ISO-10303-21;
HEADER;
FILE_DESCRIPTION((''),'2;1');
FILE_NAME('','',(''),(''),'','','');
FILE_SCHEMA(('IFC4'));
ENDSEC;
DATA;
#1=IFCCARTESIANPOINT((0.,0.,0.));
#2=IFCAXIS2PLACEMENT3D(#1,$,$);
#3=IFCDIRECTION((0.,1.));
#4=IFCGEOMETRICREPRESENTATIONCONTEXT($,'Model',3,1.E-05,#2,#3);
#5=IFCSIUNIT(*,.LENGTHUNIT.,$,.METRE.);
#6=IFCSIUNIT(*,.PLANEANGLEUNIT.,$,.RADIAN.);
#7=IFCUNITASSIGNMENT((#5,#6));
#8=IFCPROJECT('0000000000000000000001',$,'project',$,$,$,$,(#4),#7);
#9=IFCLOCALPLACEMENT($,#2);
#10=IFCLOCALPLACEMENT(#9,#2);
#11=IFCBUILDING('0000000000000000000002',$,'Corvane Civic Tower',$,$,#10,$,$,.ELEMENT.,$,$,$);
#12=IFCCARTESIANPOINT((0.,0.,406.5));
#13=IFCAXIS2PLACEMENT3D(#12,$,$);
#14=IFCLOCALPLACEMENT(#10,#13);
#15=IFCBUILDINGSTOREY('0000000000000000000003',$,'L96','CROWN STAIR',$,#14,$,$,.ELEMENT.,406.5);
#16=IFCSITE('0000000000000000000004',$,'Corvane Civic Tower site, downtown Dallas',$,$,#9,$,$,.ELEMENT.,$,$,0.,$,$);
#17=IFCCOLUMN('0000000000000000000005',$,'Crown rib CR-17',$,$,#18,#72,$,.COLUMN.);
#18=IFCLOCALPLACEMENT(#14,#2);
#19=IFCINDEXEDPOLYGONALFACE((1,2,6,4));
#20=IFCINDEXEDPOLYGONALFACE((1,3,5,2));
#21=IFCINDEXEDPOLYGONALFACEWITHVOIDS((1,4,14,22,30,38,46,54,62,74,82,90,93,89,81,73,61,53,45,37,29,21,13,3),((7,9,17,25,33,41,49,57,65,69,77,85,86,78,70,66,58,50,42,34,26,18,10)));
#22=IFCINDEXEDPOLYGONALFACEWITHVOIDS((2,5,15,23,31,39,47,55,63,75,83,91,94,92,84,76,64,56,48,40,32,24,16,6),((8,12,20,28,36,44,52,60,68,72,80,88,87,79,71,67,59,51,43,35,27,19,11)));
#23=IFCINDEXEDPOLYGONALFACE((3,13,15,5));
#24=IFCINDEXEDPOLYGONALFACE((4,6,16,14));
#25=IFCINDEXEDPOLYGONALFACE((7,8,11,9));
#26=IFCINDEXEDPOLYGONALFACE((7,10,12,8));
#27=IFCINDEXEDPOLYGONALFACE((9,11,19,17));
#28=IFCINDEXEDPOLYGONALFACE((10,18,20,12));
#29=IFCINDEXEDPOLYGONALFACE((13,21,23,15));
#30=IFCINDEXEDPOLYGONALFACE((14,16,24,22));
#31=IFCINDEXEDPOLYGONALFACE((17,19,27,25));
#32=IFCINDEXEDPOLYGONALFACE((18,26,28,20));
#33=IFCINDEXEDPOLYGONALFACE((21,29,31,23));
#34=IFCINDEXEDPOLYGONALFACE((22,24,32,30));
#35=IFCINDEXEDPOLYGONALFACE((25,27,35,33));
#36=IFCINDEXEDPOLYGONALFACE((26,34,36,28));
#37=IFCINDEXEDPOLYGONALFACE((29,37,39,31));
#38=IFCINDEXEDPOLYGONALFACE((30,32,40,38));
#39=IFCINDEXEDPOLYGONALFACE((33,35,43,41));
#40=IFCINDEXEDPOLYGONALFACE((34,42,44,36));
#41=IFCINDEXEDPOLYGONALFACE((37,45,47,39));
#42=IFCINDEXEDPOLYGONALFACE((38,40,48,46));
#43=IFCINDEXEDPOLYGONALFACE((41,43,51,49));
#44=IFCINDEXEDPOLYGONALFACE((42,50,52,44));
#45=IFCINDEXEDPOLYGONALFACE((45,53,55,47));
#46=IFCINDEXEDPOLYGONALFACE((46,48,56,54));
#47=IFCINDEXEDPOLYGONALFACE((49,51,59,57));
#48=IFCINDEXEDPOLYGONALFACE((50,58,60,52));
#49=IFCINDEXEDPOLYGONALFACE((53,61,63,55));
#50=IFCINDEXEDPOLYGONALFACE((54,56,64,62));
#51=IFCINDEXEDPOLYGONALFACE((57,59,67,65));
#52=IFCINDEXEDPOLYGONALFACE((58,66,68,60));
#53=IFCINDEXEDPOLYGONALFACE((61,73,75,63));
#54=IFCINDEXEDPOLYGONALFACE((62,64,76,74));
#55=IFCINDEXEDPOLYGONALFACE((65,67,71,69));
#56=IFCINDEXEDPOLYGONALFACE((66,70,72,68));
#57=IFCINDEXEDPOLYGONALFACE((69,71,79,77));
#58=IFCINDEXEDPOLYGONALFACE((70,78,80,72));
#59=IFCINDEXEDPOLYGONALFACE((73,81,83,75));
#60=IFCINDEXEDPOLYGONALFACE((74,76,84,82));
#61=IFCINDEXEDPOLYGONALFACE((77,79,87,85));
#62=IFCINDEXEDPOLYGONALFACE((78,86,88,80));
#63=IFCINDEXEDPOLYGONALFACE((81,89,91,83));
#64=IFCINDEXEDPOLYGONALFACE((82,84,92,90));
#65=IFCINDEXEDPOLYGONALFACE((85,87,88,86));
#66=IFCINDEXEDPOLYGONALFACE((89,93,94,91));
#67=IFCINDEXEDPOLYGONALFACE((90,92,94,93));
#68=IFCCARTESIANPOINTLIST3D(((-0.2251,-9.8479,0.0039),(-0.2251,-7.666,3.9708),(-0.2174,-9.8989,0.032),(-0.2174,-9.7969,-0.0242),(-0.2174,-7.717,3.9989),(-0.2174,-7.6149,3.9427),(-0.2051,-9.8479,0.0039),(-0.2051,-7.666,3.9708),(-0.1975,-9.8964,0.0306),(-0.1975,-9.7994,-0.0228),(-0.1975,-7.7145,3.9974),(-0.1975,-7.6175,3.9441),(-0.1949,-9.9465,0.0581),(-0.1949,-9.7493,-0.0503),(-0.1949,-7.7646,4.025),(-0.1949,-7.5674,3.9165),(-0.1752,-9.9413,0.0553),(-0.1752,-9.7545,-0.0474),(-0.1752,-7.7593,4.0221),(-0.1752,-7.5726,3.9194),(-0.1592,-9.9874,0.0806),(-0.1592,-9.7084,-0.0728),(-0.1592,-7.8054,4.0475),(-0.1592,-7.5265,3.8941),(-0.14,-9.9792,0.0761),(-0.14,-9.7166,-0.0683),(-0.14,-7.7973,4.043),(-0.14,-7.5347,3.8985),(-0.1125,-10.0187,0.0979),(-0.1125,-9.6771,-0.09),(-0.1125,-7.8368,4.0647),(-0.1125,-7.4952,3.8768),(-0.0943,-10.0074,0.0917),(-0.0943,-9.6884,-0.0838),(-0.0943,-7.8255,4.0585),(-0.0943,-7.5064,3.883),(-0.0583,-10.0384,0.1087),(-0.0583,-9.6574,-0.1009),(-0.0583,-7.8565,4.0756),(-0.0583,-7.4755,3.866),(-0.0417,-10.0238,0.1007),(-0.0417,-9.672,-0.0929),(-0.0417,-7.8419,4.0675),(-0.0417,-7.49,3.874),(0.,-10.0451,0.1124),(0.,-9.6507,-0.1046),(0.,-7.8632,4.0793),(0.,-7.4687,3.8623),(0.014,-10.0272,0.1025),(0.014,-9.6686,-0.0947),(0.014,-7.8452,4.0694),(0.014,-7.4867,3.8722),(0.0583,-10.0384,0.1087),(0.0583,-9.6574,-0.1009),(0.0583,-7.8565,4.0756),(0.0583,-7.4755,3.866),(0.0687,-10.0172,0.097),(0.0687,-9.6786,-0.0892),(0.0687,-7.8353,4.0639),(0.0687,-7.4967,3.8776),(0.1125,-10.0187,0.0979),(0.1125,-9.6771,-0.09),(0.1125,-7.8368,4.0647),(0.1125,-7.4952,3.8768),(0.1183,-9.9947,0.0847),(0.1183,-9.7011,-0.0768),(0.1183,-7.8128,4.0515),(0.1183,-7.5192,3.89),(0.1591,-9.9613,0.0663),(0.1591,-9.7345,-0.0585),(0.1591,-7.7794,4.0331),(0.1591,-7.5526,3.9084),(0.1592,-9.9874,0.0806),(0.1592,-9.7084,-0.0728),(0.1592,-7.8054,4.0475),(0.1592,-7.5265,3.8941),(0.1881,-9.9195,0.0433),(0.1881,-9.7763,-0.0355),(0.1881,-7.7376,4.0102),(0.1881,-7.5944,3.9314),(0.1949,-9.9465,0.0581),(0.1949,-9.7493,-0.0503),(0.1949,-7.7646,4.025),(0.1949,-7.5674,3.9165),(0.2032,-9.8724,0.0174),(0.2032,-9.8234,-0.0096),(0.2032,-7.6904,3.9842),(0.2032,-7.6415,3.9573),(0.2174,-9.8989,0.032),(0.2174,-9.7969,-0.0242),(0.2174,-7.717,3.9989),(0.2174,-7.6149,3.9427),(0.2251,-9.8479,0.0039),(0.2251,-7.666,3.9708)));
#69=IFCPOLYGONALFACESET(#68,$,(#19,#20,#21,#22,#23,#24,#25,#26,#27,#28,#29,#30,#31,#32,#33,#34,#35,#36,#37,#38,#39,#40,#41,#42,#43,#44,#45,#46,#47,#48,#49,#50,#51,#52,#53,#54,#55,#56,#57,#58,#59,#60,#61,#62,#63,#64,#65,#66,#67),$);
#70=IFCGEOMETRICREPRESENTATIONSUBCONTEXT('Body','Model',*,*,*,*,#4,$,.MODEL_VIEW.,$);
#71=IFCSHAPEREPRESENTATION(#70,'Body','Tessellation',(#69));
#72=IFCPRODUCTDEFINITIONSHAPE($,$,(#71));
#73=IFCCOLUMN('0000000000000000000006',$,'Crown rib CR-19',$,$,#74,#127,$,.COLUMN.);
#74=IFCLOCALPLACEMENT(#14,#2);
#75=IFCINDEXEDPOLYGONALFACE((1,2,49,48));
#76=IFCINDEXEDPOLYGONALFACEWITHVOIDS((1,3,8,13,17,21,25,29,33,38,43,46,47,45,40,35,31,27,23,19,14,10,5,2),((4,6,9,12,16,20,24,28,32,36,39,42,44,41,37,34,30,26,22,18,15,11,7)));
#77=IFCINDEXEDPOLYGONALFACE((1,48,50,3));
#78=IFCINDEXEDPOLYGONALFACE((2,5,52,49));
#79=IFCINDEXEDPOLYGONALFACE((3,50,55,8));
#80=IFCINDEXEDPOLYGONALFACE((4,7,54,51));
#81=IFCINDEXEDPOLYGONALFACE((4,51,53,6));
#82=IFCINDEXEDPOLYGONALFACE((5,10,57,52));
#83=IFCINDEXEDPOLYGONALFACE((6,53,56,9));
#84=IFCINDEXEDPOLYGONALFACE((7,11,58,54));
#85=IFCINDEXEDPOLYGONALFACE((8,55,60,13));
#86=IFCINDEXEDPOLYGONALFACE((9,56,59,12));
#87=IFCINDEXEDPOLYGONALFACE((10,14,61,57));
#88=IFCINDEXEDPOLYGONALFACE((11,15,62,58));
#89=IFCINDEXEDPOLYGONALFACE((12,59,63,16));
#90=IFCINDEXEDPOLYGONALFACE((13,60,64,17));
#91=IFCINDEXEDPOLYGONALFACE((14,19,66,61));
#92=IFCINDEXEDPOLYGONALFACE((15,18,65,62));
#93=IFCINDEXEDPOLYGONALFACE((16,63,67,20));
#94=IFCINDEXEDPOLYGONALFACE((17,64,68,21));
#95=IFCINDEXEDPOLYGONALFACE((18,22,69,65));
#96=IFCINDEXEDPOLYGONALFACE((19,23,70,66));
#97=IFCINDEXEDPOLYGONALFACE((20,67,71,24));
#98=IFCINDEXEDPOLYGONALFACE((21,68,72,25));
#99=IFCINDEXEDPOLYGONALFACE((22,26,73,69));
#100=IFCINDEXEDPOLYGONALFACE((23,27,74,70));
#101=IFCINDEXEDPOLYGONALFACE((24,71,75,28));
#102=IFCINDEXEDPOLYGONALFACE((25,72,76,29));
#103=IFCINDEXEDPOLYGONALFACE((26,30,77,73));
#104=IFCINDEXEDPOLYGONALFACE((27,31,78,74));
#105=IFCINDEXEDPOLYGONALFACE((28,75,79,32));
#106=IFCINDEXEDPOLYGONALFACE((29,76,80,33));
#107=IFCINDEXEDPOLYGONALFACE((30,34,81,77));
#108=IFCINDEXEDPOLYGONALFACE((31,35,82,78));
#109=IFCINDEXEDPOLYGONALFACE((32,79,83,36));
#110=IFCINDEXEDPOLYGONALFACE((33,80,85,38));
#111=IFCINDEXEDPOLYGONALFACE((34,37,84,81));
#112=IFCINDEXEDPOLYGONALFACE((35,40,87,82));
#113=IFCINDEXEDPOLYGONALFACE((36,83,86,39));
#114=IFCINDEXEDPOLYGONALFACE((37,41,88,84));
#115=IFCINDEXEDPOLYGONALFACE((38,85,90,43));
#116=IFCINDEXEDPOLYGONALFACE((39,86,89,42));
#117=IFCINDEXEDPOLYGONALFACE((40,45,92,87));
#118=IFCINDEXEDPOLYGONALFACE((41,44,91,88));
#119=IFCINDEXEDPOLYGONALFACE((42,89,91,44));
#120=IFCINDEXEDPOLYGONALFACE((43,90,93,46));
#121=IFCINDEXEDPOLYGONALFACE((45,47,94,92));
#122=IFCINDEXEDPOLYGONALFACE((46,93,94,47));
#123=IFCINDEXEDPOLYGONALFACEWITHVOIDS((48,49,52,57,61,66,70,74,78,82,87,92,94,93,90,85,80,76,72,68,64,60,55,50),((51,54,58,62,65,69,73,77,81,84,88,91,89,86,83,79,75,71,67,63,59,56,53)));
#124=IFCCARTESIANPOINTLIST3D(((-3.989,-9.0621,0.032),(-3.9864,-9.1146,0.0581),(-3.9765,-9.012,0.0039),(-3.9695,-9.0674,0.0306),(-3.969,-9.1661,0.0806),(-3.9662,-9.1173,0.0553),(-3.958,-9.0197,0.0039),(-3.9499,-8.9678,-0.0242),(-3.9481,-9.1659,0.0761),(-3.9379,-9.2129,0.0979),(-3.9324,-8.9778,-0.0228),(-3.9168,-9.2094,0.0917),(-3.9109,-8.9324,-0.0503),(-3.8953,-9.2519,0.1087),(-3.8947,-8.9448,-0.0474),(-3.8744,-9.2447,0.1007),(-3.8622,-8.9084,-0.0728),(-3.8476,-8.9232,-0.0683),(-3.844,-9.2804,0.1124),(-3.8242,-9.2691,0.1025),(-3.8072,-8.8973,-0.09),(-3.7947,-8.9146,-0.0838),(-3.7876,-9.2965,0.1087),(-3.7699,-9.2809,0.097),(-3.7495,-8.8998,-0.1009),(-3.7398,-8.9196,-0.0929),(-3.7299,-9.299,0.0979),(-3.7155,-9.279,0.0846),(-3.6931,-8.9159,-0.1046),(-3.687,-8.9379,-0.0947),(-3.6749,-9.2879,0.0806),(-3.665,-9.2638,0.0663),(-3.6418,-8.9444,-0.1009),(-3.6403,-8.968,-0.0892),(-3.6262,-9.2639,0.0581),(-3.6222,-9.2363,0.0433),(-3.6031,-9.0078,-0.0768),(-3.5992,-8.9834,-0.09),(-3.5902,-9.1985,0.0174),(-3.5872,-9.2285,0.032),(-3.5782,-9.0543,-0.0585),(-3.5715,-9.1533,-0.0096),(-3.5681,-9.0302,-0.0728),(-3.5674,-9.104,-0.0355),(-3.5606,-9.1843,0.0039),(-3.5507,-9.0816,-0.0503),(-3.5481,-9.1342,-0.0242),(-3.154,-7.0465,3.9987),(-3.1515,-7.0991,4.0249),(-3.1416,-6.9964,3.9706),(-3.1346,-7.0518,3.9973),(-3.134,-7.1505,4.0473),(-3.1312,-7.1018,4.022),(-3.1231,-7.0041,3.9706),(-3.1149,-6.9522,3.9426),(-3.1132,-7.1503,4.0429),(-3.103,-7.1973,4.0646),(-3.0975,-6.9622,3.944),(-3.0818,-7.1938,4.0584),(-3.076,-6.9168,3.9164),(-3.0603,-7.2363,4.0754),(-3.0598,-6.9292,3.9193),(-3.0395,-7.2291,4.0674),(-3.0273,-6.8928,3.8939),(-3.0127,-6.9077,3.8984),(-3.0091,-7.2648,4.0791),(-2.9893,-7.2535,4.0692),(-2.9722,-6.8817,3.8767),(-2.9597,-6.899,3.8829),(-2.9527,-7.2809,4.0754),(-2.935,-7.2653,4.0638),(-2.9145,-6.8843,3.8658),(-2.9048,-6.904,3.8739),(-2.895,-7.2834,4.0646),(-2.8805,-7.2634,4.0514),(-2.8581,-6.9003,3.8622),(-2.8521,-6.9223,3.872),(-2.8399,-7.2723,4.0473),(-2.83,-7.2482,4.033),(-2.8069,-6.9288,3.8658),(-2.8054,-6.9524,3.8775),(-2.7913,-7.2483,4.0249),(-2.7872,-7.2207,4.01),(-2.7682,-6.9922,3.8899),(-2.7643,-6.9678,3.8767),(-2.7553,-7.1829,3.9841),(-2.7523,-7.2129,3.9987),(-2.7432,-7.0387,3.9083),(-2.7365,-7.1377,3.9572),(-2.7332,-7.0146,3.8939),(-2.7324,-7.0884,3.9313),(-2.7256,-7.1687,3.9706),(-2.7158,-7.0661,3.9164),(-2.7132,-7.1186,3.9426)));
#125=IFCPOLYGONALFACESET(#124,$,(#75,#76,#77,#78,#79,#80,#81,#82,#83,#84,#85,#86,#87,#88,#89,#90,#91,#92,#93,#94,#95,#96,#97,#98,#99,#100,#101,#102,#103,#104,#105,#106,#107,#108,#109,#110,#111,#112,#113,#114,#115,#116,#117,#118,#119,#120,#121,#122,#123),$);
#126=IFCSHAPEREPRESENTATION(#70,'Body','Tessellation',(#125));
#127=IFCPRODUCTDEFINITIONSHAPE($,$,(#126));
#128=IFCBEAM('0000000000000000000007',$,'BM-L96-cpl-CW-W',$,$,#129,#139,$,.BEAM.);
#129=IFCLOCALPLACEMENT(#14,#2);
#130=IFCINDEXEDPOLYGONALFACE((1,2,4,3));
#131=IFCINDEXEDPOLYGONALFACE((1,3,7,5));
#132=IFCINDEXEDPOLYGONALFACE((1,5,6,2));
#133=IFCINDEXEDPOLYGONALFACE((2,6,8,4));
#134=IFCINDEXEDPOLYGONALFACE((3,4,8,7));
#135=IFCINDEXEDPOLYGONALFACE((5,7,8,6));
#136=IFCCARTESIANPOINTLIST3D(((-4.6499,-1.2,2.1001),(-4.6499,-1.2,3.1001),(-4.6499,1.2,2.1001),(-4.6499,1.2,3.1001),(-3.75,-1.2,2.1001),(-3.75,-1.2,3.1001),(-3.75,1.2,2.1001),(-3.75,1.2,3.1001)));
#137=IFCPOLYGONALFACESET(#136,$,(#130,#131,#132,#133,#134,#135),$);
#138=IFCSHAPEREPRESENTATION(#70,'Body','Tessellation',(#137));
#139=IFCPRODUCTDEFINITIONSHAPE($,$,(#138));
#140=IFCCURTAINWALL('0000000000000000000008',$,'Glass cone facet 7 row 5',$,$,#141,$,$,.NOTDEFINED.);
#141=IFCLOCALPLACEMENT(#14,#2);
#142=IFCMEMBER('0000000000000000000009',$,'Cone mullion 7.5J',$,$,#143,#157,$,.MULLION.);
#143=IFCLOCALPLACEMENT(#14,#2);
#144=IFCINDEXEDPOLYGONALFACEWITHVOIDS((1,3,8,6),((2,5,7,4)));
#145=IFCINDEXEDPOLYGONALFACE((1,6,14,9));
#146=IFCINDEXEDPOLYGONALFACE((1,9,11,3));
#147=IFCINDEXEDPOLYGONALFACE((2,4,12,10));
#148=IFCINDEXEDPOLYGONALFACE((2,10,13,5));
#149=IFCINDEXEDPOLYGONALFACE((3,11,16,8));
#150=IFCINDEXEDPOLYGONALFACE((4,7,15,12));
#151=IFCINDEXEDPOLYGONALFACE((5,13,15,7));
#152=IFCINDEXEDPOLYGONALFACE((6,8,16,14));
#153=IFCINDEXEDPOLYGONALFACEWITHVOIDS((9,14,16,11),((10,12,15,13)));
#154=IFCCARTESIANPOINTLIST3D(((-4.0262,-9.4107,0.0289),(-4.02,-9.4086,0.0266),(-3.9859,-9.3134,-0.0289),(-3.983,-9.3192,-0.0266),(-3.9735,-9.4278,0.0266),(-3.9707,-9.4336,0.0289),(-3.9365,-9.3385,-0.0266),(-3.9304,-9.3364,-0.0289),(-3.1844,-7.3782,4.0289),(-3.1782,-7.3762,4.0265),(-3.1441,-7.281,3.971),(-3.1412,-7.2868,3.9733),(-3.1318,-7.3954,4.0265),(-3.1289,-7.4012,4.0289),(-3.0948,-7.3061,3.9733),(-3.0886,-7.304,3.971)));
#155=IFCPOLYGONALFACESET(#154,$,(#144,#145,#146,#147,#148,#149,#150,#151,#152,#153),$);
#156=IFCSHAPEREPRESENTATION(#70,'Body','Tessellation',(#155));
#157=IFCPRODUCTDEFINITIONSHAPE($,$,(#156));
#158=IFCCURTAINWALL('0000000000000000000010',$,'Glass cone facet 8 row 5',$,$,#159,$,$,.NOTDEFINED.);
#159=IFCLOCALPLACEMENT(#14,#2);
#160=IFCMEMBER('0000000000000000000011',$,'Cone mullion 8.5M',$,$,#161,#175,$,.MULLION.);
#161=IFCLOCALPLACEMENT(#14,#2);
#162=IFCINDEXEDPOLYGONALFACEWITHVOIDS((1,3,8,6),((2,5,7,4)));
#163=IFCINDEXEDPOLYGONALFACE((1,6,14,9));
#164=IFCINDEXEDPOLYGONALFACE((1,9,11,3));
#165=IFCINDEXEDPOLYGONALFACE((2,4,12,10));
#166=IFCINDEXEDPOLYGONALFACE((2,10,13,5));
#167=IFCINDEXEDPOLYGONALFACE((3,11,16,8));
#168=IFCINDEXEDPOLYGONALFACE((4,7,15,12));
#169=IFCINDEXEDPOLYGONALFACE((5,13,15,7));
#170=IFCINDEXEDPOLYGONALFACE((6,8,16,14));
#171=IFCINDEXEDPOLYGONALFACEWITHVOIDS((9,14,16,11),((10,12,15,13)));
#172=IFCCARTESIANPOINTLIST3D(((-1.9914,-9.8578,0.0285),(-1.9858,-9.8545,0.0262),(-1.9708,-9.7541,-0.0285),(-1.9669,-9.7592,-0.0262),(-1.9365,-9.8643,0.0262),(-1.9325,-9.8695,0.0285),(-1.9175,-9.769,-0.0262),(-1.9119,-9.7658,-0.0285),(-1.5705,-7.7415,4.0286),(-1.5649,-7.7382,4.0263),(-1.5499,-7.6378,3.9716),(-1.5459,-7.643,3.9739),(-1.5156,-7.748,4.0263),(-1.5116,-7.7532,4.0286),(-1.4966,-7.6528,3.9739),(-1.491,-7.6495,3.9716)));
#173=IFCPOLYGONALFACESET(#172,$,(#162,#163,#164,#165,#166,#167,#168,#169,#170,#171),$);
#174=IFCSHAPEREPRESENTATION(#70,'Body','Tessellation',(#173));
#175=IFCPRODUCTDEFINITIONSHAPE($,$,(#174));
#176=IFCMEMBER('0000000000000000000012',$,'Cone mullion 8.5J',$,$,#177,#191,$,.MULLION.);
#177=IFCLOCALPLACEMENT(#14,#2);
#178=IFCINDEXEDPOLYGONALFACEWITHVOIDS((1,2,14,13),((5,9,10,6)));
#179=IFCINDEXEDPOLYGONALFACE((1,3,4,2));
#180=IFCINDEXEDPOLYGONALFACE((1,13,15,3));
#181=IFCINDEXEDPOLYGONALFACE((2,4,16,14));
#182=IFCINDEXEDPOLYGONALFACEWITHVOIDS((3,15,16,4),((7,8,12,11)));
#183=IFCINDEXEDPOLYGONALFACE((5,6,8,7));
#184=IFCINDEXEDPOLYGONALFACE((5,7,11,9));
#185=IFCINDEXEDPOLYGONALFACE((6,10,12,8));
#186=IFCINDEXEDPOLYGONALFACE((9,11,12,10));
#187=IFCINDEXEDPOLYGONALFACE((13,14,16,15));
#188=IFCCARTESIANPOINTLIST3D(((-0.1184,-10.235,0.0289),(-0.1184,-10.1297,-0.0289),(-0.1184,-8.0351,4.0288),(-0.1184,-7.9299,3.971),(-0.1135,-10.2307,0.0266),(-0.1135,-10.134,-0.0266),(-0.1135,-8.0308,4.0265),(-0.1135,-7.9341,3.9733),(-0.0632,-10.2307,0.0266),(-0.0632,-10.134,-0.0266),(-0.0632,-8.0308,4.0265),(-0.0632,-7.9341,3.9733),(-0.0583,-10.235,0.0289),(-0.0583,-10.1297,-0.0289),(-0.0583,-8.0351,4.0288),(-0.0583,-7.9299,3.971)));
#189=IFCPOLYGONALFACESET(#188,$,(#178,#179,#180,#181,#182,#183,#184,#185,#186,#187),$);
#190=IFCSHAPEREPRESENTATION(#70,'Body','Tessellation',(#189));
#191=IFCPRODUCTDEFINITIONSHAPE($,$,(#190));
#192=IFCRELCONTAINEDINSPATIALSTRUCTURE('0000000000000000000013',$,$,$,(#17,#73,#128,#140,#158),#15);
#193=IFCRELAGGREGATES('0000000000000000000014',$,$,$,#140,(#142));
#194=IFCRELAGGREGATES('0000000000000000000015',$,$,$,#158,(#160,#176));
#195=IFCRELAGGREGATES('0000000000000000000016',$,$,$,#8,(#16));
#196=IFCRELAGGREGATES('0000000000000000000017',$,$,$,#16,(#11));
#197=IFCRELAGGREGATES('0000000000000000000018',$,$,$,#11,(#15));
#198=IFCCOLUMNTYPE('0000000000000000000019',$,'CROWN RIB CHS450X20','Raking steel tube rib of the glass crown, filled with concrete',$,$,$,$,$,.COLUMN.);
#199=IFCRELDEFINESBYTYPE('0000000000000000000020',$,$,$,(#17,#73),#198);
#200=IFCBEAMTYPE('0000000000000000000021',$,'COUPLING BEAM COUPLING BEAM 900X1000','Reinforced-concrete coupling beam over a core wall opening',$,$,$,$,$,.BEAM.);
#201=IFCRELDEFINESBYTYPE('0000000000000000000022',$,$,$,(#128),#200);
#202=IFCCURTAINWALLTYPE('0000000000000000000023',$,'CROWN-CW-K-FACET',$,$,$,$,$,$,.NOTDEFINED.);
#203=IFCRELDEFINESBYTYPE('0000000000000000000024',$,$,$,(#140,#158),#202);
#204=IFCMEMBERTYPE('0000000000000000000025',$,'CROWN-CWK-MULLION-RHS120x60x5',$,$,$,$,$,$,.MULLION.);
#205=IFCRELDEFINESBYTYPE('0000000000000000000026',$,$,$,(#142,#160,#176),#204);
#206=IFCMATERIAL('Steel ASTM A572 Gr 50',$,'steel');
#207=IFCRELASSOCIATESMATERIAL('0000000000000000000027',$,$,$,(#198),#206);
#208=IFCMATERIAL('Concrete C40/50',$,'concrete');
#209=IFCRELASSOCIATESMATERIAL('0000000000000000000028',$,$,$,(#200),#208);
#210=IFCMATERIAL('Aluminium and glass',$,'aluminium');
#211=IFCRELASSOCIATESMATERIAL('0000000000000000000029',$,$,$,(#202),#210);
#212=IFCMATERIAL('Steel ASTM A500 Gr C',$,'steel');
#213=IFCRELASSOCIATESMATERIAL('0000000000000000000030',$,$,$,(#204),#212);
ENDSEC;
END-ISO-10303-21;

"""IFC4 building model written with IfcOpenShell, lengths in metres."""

from ifc_helpers import new_model, si_unit, direction, frame, origin, origin_2d, place, context, subcontext, project, spatial, rectangle, hollow_rectangle, hollow_circle, extrude, material, material_profile, profile_set, type_object, element, aggregate, save


model = new_model("IFC4")

# Units and contexts
model_context = context("Model", 3, precision=1e-05, world=origin(), true_north=direction((0.0, 1.0)))
body_context = subcontext(model_context, "Body", "Model", "MODEL_VIEW")
ifc_project = project(units=[si_unit("LENGTHUNIT", "METRE"), si_unit("PLANEANGLEUNIT", "RADIAN")], contexts=[model_context])

# Site, building, storey
site_placement = place(None, origin())
site = spatial("IfcSite", under=ifc_project, at=site_placement, Name="Corvane Civic Tower site, downtown Dallas", CompositionType="ELEMENT", RefElevation=0.0)
building_placement = place(site_placement, origin())
building = spatial("IfcBuilding", under=site, at=building_placement, Name="Corvane Civic Tower", CompositionType="ELEMENT")
storey_placement = place(building_placement, frame((0.0, 0.0, 406.5)))
storey = spatial("IfcBuildingStorey", under=building, at=storey_placement, Name="L96", Description="CROWN STAIR", CompositionType="ELEMENT", Elevation=406.5)

# Columns
ifc_material_1 = material(Name="Steel ASTM A572 Gr 50", Category="steel")
ifc_material_profile_1 = material_profile(ifc_material_1, hollow_circle(Radius=0.2251, WallThickness=0.02, at=origin_2d()), Name="CHS450X20")
ifc_profile_set_1 = profile_set([ifc_material_profile_1], Name="Steel ASTM A572 Gr 50")
column_type = type_object("IfcColumnType", Name="CROWN RIB CHS450X20", Description="Raking steel tube rib of the glass crown, filled with concrete", PredefinedType="COLUMN", material=ifc_profile_set_1)
column_1_placement = place(storey_placement, frame((0.0, -9.8479, 0.0039), z_axis=(0.0, 0.481944, 0.876202), x_axis=(-1.0, 0.0, 0.0)))
element("IfcColumn", 1, at=column_1_placement, inside=storey, type_object=column_type, Name="Crown rib CR-17", PredefinedType="COLUMN", context=body_context, shape_type="SweptSolid", body=[
    extrude(hollow_circle(Radius=0.2251, WallThickness=0.02, at=origin_2d()), origin(), (0.0, 0.0, 1.0), 4.5273),
])
column_2_placement = place(storey_placement, frame((-3.7686, -9.0981, 0.0039), z_axis=(0.184433, 0.445227, 0.876218), x_axis=(-0.92387, 0.382708, 0.0)))
element("IfcColumn", 2, at=column_2_placement, inside=storey, type_object=column_type, Name="Crown rib CR-19", PredefinedType="COLUMN", context=body_context, shape_type="SweptSolid", body=[
    extrude(hollow_circle(Radius=0.2251, WallThickness=0.02, at=origin_2d()), origin(), (0.0, 0.0, 1.0), 4.5271),
])

# Beam
ifc_material_2 = material(Name="Concrete C40/50", Category="concrete")
ifc_material_profile_2 = material_profile(ifc_material_2, rectangle(XDim=0.8999, YDim=1.0, at=origin_2d()), Name="COUPLING BEAM 900X1000")
ifc_profile_set_2 = profile_set([ifc_material_profile_2], Name="Concrete C40/50")
beam_type_1 = type_object("IfcBeamType", Name="COUPLING BEAM COUPLING BEAM 900X1000", Description="Reinforced-concrete coupling beam over a core wall opening", PredefinedType="BEAM", material=ifc_profile_set_2)
beam_1_placement = place(storey_placement, frame((-4.2, -1.2, 2.6001), z_axis=(0.0, 1.0, 0.0), x_axis=(-1.0, 0.0, 0.0)))
element("IfcBeam", 3, at=beam_1_placement, inside=storey, type_object=beam_type_1, Name="BM-L96-cpl-CW-W", PredefinedType="BEAM", context=body_context, shape_type="SweptSolid", body=[
    extrude(rectangle(XDim=0.8999, YDim=1.0, at=origin_2d()), origin(), (0.0, 0.0, 1.0), 2.3999),
])

# Curtain wall, member
ifc_material_3 = material(Name="Aluminium and glass", Category="aluminium")
curtain_wall_type = type_object("IfcCurtainWallType", Name="CROWN-CW-K-FACET", PredefinedType="NOTDEFINED", material=ifc_material_3)
curtain_wall_1_placement = place(storey_placement, origin())
curtain_wall_1 = element("IfcCurtainWall", 4, at=curtain_wall_1_placement, inside=storey, type_object=curtain_wall_type, Name="Glass cone facet 7 row 5", PredefinedType="NOTDEFINED")
ifc_material_4 = material(Name="Steel ASTM A500 Gr C", Category="steel")
ifc_material_profile_3 = material_profile(ifc_material_4, hollow_rectangle(XDim=0.0601, YDim=0.1201, WallThickness=0.0049, at=origin_2d()), Name="RHS 120x60x5")
ifc_profile_set_3 = profile_set([ifc_material_profile_3], Name="Steel ASTM A500 Gr C")
member_type_1 = type_object("IfcMemberType", Name="CROWN-CWK-MULLION-RHS120x60x5", PredefinedType="MULLION", material=ifc_profile_set_3)
member_1_placement = place(storey_placement, frame((-3.9783, -9.3735, 0.0), z_axis=(0.184401, 0.445226, 0.876225), x_axis=(-0.923892, 0.382652, 0.0)))
member_1 = element("IfcMember", 5, at=member_1_placement, type_object=member_type_1, Name="Cone mullion 7.5J", PredefinedType="MULLION", context=body_context, shape_type="SweptSolid", body=[
    extrude(hollow_rectangle(XDim=0.0601, YDim=0.1201, WallThickness=0.0049, at=origin_2d()), origin(), (0.0, 0.0, 1.0), 4.5649),
])
aggregate(curtain_wall_1, [member_1])

# Curtain wall, members
curtain_wall_2_placement = place(storey_placement, origin())
curtain_wall_2 = element("IfcCurtainWall", 6, at=curtain_wall_2_placement, inside=storey, type_object=curtain_wall_type, Name="Glass cone facet 8 row 5", PredefinedType="NOTDEFINED")
member_2_placement = place(storey_placement, frame((-1.9517, -9.8118, 0.0), z_axis=(0.09261, 0.46563, 0.88012), x_axis=(-0.980789, 0.195072, 0.0)))
member_2 = element("IfcMember", 7, at=member_2_placement, type_object=member_type_1, Name="Cone mullion 8.5M", PredefinedType="MULLION", context=body_context, shape_type="SweptSolid", body=[
    extrude(hollow_rectangle(XDim=0.0601, YDim=0.1201, WallThickness=0.0049, at=origin_2d()), origin(), (0.0, 0.0, 1.0), 4.5449),
])
member_3_placement = place(storey_placement, frame((-0.0884, -10.1824, 0.0), z_axis=(0.0, 0.481911, 0.87622), x_axis=(-1.0, 0.0, 0.0)))
member_3 = element("IfcMember", 8, at=member_3_placement, type_object=member_type_1, Name="Cone mullion 8.5J", PredefinedType="MULLION", context=body_context, shape_type="SweptSolid", body=[
    extrude(hollow_rectangle(XDim=0.0601, YDim=0.1201, WallThickness=0.0049, at=origin_2d()), origin(), (0.0, 0.0, 1.0), 4.5649),
])

aggregate(curtain_wall_2, [member_2, member_3])

save(model, "model.ifc")
